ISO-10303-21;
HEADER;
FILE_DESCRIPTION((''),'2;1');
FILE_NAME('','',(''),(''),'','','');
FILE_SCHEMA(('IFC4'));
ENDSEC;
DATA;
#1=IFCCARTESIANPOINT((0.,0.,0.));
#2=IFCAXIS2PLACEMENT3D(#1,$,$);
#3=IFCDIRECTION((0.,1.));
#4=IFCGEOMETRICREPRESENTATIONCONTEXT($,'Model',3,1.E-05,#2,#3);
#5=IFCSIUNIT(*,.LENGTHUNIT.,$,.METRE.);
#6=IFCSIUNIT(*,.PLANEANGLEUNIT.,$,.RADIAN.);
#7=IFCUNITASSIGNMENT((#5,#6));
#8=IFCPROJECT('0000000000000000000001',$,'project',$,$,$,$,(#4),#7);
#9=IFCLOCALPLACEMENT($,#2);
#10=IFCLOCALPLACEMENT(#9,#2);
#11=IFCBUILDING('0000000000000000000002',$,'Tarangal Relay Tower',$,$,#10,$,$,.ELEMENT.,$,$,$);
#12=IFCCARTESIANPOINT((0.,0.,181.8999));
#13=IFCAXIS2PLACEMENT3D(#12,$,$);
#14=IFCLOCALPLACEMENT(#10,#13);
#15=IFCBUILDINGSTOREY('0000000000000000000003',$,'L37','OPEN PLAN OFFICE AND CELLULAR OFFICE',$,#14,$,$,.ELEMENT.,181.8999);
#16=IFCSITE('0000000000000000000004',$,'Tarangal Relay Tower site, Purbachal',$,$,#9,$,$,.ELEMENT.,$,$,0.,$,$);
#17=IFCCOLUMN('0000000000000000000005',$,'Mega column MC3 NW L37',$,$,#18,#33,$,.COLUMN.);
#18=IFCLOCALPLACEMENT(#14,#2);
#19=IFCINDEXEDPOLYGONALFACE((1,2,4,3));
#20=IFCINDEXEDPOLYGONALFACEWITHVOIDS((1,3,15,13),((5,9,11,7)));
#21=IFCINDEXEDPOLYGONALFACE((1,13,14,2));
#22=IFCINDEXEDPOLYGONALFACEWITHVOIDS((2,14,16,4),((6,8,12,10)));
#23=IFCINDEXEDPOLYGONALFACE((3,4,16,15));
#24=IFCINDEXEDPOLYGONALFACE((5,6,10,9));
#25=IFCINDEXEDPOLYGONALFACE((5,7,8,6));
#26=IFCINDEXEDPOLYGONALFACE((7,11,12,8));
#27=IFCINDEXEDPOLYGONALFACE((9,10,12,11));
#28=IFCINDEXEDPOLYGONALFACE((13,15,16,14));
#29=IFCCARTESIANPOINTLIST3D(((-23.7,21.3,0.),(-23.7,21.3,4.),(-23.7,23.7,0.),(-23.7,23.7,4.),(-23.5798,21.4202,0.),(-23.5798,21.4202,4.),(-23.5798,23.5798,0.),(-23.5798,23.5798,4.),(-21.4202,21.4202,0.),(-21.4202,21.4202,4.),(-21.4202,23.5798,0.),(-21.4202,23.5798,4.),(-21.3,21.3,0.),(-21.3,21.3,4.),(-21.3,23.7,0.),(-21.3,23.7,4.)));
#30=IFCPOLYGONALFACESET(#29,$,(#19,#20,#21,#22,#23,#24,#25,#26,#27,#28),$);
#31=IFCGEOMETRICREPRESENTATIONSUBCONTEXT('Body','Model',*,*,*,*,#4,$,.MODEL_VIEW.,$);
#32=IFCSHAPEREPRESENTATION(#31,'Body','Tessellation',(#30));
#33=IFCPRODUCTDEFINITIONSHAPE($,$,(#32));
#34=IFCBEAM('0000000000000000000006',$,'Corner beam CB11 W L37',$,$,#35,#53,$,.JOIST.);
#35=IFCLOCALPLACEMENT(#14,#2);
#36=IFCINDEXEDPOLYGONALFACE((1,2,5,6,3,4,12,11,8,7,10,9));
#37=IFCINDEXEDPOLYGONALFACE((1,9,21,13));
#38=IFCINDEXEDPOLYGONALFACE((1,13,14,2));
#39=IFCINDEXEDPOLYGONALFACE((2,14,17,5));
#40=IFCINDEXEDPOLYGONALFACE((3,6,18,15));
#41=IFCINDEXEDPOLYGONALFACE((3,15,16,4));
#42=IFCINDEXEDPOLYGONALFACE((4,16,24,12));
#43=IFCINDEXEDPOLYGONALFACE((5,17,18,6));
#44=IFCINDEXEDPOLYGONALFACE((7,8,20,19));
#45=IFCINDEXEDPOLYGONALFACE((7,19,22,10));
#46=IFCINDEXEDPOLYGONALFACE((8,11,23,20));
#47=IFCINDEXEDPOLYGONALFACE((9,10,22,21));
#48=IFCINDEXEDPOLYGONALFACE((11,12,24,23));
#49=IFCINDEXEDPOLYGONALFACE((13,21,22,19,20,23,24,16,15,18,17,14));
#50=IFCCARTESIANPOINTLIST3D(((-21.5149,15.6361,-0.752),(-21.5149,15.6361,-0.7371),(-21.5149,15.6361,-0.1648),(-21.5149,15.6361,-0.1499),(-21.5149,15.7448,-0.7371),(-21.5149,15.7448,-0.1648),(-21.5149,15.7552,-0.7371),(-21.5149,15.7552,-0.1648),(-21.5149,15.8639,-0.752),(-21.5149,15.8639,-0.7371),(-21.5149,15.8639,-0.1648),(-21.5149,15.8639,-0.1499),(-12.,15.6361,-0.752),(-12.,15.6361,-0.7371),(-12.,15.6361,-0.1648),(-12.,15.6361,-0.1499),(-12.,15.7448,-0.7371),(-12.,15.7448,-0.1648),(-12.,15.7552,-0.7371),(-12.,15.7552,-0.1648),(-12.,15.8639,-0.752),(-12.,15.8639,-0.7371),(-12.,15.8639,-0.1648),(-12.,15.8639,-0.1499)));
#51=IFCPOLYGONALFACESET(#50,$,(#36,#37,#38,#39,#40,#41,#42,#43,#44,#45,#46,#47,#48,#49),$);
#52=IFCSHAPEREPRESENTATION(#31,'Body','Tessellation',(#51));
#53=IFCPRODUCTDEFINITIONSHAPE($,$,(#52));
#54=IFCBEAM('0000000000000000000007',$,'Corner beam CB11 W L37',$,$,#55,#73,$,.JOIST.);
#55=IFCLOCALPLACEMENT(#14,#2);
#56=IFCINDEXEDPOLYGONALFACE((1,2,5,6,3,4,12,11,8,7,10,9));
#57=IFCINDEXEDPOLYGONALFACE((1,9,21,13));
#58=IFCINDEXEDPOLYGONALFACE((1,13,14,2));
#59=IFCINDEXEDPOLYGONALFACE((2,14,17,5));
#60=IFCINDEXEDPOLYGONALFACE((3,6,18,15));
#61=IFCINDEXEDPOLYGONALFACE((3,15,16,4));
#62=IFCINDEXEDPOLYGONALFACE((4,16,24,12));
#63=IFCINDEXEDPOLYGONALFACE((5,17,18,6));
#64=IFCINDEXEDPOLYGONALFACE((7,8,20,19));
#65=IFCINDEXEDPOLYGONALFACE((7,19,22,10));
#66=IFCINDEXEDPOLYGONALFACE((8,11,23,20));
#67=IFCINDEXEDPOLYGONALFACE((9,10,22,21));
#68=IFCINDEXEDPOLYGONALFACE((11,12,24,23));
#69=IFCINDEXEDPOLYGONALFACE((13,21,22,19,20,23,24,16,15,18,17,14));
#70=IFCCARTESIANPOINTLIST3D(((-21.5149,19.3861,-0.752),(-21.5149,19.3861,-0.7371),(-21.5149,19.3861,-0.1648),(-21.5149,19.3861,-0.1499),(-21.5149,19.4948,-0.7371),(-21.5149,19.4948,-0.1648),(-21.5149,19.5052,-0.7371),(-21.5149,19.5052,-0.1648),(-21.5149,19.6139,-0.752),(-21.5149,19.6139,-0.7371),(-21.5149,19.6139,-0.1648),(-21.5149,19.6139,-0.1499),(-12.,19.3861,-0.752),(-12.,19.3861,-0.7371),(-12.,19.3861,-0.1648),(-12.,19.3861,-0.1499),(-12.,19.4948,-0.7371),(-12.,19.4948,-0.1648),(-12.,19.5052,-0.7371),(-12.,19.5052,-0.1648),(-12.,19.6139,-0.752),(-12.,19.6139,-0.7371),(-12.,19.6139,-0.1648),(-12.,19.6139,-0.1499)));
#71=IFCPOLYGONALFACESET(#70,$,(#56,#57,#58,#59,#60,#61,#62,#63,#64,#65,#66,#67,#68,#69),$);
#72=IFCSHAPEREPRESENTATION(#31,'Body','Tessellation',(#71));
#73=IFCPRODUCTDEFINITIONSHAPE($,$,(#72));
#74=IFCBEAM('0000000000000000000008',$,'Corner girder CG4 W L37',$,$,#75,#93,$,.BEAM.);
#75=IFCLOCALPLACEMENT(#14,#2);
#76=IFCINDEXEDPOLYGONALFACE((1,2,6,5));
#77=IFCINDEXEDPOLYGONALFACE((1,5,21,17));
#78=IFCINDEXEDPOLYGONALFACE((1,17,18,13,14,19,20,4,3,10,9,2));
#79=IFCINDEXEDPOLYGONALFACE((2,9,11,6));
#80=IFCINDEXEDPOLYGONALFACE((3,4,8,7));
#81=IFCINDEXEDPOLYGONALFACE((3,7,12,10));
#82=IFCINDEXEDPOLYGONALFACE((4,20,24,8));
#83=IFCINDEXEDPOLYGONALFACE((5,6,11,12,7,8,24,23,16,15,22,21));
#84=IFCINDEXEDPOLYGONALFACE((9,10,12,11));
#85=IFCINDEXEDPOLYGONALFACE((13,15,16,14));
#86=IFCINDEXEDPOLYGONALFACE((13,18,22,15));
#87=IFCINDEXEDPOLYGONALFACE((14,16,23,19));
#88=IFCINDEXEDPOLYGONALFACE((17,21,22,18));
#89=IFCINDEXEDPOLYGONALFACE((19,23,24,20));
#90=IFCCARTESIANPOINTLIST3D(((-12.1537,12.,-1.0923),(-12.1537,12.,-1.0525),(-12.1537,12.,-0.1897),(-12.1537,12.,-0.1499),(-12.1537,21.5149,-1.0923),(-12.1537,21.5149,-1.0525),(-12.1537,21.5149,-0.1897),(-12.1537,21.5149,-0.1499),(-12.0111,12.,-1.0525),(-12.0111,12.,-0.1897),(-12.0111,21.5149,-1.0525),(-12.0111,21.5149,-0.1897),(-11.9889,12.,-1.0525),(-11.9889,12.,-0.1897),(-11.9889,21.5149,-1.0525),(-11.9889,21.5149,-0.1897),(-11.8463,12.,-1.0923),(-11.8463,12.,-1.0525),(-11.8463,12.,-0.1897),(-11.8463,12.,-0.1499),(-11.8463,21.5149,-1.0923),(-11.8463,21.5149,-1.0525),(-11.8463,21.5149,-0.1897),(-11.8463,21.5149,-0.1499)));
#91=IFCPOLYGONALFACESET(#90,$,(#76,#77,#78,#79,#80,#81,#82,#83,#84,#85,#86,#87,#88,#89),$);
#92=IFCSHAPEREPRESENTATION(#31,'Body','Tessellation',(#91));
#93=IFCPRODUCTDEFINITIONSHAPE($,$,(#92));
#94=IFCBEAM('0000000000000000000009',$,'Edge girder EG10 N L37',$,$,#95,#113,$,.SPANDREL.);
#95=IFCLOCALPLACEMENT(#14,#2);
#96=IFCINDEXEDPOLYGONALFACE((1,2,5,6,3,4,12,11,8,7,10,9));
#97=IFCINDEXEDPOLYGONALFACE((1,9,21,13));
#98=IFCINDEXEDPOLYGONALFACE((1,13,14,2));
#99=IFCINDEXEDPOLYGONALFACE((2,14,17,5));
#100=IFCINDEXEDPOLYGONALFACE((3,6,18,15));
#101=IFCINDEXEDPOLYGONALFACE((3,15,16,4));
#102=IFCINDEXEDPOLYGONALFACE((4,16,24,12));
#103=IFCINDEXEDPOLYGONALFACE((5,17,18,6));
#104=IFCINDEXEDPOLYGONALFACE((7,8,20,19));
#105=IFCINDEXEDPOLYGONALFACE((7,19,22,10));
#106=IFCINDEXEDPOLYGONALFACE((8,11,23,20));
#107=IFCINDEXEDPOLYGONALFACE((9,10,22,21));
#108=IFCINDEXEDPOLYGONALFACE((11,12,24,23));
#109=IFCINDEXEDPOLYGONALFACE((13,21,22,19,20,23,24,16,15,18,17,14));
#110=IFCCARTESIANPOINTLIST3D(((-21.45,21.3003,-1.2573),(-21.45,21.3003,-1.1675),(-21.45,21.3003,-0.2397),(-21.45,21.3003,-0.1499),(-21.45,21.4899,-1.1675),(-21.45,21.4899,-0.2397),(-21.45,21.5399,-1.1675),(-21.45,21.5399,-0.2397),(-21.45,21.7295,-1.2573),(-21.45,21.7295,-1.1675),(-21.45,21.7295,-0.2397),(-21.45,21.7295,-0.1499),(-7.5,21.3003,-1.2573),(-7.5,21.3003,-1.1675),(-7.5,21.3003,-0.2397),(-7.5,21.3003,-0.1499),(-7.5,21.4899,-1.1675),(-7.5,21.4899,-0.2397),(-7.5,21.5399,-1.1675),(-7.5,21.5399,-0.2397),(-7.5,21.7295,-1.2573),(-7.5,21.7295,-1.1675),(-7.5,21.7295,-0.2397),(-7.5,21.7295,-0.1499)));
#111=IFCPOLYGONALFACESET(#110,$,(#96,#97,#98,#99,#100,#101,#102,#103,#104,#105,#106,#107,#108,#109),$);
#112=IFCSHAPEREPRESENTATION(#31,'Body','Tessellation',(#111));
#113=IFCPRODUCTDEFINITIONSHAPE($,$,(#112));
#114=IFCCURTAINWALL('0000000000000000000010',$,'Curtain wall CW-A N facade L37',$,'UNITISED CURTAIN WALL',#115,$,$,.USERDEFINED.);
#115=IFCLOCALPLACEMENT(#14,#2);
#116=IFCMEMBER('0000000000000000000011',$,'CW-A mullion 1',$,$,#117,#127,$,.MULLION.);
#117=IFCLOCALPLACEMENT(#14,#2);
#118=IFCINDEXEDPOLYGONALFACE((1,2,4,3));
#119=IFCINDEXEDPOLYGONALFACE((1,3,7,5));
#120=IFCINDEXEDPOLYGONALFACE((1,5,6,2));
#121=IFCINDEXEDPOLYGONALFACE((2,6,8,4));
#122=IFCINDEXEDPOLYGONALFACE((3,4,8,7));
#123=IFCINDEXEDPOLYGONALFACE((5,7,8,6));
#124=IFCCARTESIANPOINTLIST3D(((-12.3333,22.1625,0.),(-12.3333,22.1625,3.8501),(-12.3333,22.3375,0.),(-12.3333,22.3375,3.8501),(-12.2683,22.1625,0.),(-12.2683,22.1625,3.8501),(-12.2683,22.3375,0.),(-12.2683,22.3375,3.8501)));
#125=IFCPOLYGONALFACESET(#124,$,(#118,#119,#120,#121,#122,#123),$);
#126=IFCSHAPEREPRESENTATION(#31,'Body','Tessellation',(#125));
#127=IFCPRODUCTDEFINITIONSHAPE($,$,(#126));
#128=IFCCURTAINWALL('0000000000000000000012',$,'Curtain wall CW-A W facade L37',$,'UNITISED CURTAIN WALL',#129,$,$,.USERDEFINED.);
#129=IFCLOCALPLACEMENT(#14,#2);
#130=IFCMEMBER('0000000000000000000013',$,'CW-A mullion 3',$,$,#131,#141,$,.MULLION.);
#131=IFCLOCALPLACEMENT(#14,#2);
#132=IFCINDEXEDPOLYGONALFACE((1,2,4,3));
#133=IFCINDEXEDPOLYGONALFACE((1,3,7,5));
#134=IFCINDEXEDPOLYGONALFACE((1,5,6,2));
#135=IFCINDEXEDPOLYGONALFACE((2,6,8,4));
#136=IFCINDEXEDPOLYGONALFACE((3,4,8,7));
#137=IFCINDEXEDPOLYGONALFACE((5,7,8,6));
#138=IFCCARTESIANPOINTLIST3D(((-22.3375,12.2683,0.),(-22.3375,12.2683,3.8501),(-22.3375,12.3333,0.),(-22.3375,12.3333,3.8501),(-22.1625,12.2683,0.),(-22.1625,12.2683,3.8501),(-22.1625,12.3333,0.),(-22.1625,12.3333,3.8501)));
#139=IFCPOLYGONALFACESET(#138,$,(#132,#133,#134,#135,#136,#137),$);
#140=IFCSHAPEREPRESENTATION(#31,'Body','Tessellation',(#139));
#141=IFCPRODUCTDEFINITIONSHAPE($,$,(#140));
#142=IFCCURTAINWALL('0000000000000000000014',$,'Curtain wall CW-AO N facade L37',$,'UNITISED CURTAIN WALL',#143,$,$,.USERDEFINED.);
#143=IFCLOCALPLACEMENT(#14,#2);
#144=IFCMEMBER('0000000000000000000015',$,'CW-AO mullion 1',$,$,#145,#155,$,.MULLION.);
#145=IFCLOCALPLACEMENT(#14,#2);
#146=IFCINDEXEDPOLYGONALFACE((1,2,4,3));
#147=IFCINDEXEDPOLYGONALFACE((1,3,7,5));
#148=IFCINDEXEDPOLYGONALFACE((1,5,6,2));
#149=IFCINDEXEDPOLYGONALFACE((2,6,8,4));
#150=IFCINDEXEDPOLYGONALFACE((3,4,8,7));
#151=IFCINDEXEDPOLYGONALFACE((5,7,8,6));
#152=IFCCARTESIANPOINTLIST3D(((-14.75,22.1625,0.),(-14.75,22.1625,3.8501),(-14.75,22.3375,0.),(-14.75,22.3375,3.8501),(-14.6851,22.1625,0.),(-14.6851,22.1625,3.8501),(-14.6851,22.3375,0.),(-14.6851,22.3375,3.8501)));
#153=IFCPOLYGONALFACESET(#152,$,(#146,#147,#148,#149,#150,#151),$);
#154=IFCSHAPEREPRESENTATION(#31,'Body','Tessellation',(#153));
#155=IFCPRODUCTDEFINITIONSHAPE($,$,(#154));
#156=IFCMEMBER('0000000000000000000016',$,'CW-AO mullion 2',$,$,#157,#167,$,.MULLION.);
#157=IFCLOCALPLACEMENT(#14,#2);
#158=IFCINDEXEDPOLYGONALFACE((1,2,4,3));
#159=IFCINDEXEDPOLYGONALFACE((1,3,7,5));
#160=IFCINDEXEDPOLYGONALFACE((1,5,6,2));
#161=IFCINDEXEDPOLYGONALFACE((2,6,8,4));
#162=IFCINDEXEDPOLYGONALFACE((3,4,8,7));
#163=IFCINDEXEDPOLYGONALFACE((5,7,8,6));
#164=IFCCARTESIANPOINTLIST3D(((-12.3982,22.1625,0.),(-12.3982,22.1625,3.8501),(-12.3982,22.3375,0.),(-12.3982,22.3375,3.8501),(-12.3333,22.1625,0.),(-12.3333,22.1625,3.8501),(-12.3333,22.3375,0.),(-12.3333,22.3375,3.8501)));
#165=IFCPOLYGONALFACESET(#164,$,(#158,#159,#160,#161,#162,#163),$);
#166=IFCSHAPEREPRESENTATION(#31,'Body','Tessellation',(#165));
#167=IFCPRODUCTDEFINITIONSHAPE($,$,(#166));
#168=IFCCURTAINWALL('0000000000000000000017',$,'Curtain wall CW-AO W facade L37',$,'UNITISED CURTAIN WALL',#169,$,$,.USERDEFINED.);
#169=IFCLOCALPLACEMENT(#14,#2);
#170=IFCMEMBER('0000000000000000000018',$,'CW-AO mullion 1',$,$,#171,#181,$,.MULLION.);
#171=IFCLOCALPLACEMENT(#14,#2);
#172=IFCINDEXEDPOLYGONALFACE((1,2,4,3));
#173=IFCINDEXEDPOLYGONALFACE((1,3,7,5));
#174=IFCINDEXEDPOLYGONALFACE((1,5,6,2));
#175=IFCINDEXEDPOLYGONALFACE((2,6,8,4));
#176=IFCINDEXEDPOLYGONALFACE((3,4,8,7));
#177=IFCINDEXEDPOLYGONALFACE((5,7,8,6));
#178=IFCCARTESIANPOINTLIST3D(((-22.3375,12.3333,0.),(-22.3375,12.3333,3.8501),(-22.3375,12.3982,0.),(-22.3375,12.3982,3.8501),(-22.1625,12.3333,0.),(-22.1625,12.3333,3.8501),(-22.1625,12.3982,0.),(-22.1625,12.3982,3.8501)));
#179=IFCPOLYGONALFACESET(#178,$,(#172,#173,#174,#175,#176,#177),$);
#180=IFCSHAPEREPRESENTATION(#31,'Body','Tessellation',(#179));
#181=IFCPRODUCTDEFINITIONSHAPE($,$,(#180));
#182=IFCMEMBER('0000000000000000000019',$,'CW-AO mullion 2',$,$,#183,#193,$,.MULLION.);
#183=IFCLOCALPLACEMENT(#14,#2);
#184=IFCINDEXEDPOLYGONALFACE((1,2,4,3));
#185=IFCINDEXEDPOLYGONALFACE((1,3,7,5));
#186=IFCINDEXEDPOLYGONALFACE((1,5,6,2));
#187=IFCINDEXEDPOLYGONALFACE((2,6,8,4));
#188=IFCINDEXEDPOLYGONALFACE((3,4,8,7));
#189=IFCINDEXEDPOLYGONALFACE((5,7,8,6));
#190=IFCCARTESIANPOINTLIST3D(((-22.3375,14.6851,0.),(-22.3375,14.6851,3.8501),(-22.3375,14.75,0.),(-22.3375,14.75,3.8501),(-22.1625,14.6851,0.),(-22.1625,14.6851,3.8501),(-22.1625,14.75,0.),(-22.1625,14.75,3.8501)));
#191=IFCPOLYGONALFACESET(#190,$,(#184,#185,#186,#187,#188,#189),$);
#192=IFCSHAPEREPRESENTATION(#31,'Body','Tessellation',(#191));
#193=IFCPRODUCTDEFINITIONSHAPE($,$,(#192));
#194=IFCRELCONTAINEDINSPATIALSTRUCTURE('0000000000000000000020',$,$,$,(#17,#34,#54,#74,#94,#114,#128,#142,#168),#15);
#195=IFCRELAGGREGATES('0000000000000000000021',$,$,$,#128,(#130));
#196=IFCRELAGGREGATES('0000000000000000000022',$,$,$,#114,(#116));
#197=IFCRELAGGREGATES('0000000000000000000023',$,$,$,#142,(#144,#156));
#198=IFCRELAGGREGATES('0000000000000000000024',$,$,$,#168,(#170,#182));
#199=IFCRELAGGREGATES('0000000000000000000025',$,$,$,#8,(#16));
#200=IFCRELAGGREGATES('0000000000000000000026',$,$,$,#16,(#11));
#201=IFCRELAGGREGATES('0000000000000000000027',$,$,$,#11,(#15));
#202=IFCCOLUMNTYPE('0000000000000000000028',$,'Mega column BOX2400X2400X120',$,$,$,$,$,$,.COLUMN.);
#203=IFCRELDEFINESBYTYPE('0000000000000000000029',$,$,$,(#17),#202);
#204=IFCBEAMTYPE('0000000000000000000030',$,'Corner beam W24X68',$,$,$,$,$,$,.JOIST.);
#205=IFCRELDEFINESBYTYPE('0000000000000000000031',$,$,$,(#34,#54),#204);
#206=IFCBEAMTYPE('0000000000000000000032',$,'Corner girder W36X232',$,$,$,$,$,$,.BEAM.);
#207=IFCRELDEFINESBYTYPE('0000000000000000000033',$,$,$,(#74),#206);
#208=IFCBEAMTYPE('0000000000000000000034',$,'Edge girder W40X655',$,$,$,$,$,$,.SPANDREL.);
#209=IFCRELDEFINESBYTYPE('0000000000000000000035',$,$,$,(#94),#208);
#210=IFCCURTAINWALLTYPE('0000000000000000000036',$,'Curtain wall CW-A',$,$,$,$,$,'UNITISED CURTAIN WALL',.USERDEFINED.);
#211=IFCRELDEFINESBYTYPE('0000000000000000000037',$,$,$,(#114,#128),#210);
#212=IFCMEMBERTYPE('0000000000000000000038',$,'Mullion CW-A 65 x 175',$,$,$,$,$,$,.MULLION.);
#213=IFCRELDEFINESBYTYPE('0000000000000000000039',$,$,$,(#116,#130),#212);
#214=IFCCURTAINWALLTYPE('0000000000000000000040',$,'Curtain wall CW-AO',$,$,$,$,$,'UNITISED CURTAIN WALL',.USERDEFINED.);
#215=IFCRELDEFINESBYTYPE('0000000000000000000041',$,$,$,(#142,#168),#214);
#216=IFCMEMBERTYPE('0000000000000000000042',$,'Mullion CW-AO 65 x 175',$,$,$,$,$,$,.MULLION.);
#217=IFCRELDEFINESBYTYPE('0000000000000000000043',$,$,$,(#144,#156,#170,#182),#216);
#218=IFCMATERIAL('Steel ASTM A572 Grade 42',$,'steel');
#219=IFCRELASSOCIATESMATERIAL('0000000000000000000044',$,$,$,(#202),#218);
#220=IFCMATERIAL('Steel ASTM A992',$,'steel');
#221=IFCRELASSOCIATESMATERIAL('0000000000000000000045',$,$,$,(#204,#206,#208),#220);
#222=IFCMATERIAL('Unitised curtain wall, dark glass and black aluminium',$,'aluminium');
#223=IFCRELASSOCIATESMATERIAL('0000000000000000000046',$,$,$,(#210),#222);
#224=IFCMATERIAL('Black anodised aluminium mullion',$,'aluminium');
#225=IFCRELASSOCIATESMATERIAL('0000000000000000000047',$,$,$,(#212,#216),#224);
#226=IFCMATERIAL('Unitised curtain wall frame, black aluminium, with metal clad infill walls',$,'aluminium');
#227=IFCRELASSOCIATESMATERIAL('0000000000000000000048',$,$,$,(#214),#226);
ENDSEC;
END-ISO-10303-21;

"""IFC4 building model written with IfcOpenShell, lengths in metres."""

from ifc_helpers import new_model, si_unit, direction, frame, origin, origin_2d, place, context, subcontext, project, spatial, rectangle, hollow_rectangle, i_section, extrude, material, material_profile, profile_set, type_object, element, aggregate, save


model = new_model("IFC4")

# Units and contexts
model_context = context("Model", 3, precision=1e-05, world=origin(), true_north=direction((0.0, 1.0)))
body_context = subcontext(model_context, "Body", "Model", "MODEL_VIEW")
ifc_project = project(units=[si_unit("LENGTHUNIT", "METRE"), si_unit("PLANEANGLEUNIT", "RADIAN")], contexts=[model_context])

# Site, building, storey
site_placement = place(None, origin())
site = spatial("IfcSite", under=ifc_project, at=site_placement, Name="Tarangal Relay Tower site, Purbachal", CompositionType="ELEMENT", RefElevation=0.0)
building_placement = place(site_placement, origin())
building = spatial("IfcBuilding", under=site, at=building_placement, Name="Tarangal Relay Tower", CompositionType="ELEMENT")
storey_placement = place(building_placement, frame((0.0, 0.0, 181.8999)))
storey = spatial("IfcBuildingStorey", under=building, at=storey_placement, Name="L37", Description="OPEN PLAN OFFICE AND CELLULAR OFFICE", CompositionType="ELEMENT", Elevation=181.8999)

# Column
ifc_material_1 = material(Name="Steel ASTM A572 Grade 42", Category="steel")
ifc_material_profile_1 = material_profile(ifc_material_1, hollow_rectangle(XDim=2.3999, YDim=2.3999, WallThickness=0.1201, at=origin_2d()), Name="BOX2400X2400X120")
ifc_profile_set_1 = profile_set([ifc_material_profile_1], Name="Steel ASTM A572 Grade 42")
column_type = type_object("IfcColumnType", Name="Mega column BOX2400X2400X120", PredefinedType="COLUMN", material=ifc_profile_set_1)
column_placement = place(storey_placement, frame((-22.5, 22.5, 0.0), z_axis=(0.0, 0.0, 1.0), x_axis=(1.0, 0.0, 0.0)))
element("IfcColumn", 1, at=column_placement, inside=storey, type_object=column_type, Name="Mega column MC3 NW L37", PredefinedType="COLUMN", context=body_context, shape_type="SweptSolid", body=[
    extrude(hollow_rectangle(XDim=2.3999, YDim=2.3999, WallThickness=0.1201, at=origin_2d()), origin(), (0.0, 0.0, 1.0), 4.0),
])

# Beams
ifc_material_2 = material(Name="Steel ASTM A992", Category="steel")
ifc_material_profile_2 = material_profile(ifc_material_2, i_section(OverallWidth=0.2278, OverallDepth=0.6021, WebThickness=0.0105, FlangeThickness=0.0149, at=origin_2d()), Name="W24X68")
ifc_profile_set_2 = profile_set([ifc_material_profile_2], Name="Steel ASTM A992")
beam_type_1 = type_object("IfcBeamType", Name="Corner beam W24X68", PredefinedType="JOIST", material=ifc_profile_set_2)
for number, where, z_axis, x_axis, name in (
    (2, (-12.0, 15.75, -0.4509), (-1.0, 0.0, 0.0), (0.0, -1.0, 0.0), "Corner beam CB11 W L37"),
    (3, (-12.0, 19.5, -0.4509), (-1.0, 0.0, 0.0), (0.0, -1.0, 0.0), "Corner beam CB11 W L37"),
):
    element("IfcBeam", number, at=place(storey_placement, frame(where, z_axis=z_axis, x_axis=x_axis)), inside=storey, type_object=beam_type_1, Name=name, PredefinedType="JOIST", context=body_context, shape_type="SweptSolid", body=[
        extrude(i_section(OverallWidth=0.2278, OverallDepth=0.6021, WebThickness=0.0105, FlangeThickness=0.0149, at=origin_2d()), origin(), (0.0, 0.0, 1.0), 9.5149),
    ])
ifc_material_profile_3 = material_profile(ifc_material_2, i_section(OverallWidth=0.3074, OverallDepth=0.9424, WebThickness=0.0222, FlangeThickness=0.0398, at=origin_2d()), Name="W36X232")
ifc_profile_set_3 = profile_set([ifc_material_profile_3], Name="Steel ASTM A992")
beam_type_2 = type_object("IfcBeamType", Name="Corner girder W36X232", PredefinedType="BEAM", material=ifc_profile_set_3)
beam_1_placement = place(storey_placement, frame((-12.0, 12.0, -0.6211), z_axis=(0.0, 1.0, 0.0), x_axis=(-1.0, 0.0, 0.0)))
element("IfcBeam", 4, at=beam_1_placement, inside=storey, type_object=beam_type_2, Name="Corner girder CG4 W L37", PredefinedType="BEAM", context=body_context, shape_type="SweptSolid", body=[
    extrude(i_section(OverallWidth=0.3074, OverallDepth=0.9424, WebThickness=0.0222, FlangeThickness=0.0398, at=origin_2d()), origin(), (0.0, 0.0, 1.0), 9.5149),
])
ifc_material_profile_4 = material_profile(ifc_material_2, i_section(OverallWidth=0.4292, OverallDepth=1.1074, WebThickness=0.05, FlangeThickness=0.0898, at=origin_2d()), Name="W40X655")
ifc_profile_set_4 = profile_set([ifc_material_profile_4], Name="Steel ASTM A992")
beam_type_3 = type_object("IfcBeamType", Name="Edge girder W40X655", PredefinedType="SPANDREL", material=ifc_profile_set_4)
beam_2_placement = place(storey_placement, frame((-21.45, 21.5149, -0.7036), z_axis=(1.0, 0.0, 0.0), x_axis=(0.0, 1.0, 0.0)))
element("IfcBeam", 5, at=beam_2_placement, inside=storey, type_object=beam_type_3, Name="Edge girder EG10 N L37", PredefinedType="SPANDREL", context=body_context, shape_type="SweptSolid", body=[
    extrude(i_section(OverallWidth=0.4292, OverallDepth=1.1074, WebThickness=0.05, FlangeThickness=0.0898, at=origin_2d()), origin(), (0.0, 0.0, 1.0), 13.95),
])

# Curtain walls, members
ifc_material_3 = material(Name="Unitised curtain wall, dark glass and black aluminium", Category="aluminium")
curtain_wall_type_1 = type_object("IfcCurtainWallType", Name="Curtain wall CW-A", ElementType="UNITISED CURTAIN WALL", PredefinedType="USERDEFINED", material=ifc_material_3)
curtain_wall_1_placement = place(storey_placement, origin())
curtain_wall_1 = element("IfcCurtainWall", 6, at=curtain_wall_1_placement, inside=storey, type_object=curtain_wall_type_1, Name="Curtain wall CW-A N facade L37", ObjectType="UNITISED CURTAIN WALL", PredefinedType="USERDEFINED")
ifc_material_4 = material(Name="Black anodised aluminium mullion", Category="aluminium")
ifc_material_profile_5 = material_profile(ifc_material_4, rectangle(XDim=0.175, YDim=0.0649, at=origin_2d()), Name="CW-AM 65X175")
ifc_profile_set_5 = profile_set([ifc_material_profile_5], Name="Black anodised aluminium mullion")
member_type_1 = type_object("IfcMemberType", Name="Mullion CW-A 65 x 175", PredefinedType="MULLION", material=ifc_profile_set_5)
member_1_placement = place(storey_placement, frame((-12.3008, 22.25, 0.0), z_axis=(0.0, 0.0, 1.0), x_axis=(0.0, 1.0, 0.0)))
member_1 = element("IfcMember", 7, at=member_1_placement, type_object=member_type_1, Name="CW-A mullion 1", PredefinedType="MULLION", context=body_context, shape_type="SweptSolid", body=[
    extrude(rectangle(XDim=0.175, YDim=0.0649, at=origin_2d()), origin(), (0.0, 0.0, 1.0), 3.8501),
])
curtain_wall_2_placement = place(storey_placement, origin())
curtain_wall_2 = element("IfcCurtainWall", 8, at=curtain_wall_2_placement, inside=storey, type_object=curtain_wall_type_1, Name="Curtain wall CW-A W facade L37", ObjectType="UNITISED CURTAIN WALL", PredefinedType="USERDEFINED")
member_2_placement = place(storey_placement, frame((-22.25, 12.3008, 0.0), z_axis=(0.0, 0.0, 1.0), x_axis=(-1.0, 0.0, 0.0)))
member_2 = element("IfcMember", 9, at=member_2_placement, type_object=member_type_1, Name="CW-A mullion 3", PredefinedType="MULLION", context=body_context, shape_type="SweptSolid", body=[
    extrude(rectangle(XDim=0.175, YDim=0.0649, at=origin_2d()), origin(), (0.0, 0.0, 1.0), 3.8501),
])
aggregate(curtain_wall_2, [member_2])

# Curtain walls, members
ifc_material_5 = material(Name="Unitised curtain wall frame, black aluminium, with metal clad infill walls", Category="aluminium")
curtain_wall_type_2 = type_object("IfcCurtainWallType", Name="Curtain wall CW-AO", ElementType="UNITISED CURTAIN WALL", PredefinedType="USERDEFINED", material=ifc_material_5)
curtain_wall_3_placement = place(storey_placement, origin())
curtain_wall_3 = element("IfcCurtainWall", 10, at=curtain_wall_3_placement, inside=storey, type_object=curtain_wall_type_2, Name="Curtain wall CW-AO N facade L37", ObjectType="UNITISED CURTAIN WALL", PredefinedType="USERDEFINED")
ifc_material_profile_6 = material_profile(ifc_material_4, rectangle(XDim=0.175, YDim=0.0649, at=origin_2d()), Name="CW-AOM 65X175")
ifc_profile_set_6 = profile_set([ifc_material_profile_6], Name="Black anodised aluminium mullion")
member_type_2 = type_object("IfcMemberType", Name="Mullion CW-AO 65 x 175", PredefinedType="MULLION", material=ifc_profile_set_6)
member_3_placement = place(storey_placement, frame((-14.7175, 22.25, 0.0), z_axis=(0.0, 0.0, 1.0), x_axis=(0.0, 1.0, 0.0)))
member_3 = element("IfcMember", 11, at=member_3_placement, type_object=member_type_2, Name="CW-AO mullion 1", PredefinedType="MULLION", context=body_context, shape_type="SweptSolid", body=[
    extrude(rectangle(XDim=0.175, YDim=0.0649, at=origin_2d()), origin(), (0.0, 0.0, 1.0), 3.8501),
])
member_4_placement = place(storey_placement, frame((-12.3657, 22.25, 0.0), z_axis=(0.0, 0.0, 1.0), x_axis=(0.0, 1.0, 0.0)))
member_4 = element("IfcMember", 12, at=member_4_placement, type_object=member_type_2, Name="CW-AO mullion 2", PredefinedType="MULLION", context=body_context, shape_type="SweptSolid", body=[
    extrude(rectangle(XDim=0.175, YDim=0.0649, at=origin_2d()), origin(), (0.0, 0.0, 1.0), 3.8501),
])
curtain_wall_4_placement = place(storey_placement, origin())
curtain_wall_4 = element("IfcCurtainWall", 13, at=curtain_wall_4_placement, inside=storey, type_object=curtain_wall_type_2, Name="Curtain wall CW-AO W facade L37", ObjectType="UNITISED CURTAIN WALL", PredefinedType="USERDEFINED")
member_5_placement = place(storey_placement, frame((-22.25, 12.3657, 0.0), z_axis=(0.0, 0.0, 1.0), x_axis=(-1.0, 0.0, 0.0)))
member_5 = element("IfcMember", 14, at=member_5_placement, type_object=member_type_2, Name="CW-AO mullion 1", PredefinedType="MULLION", context=body_context, shape_type="SweptSolid", body=[
    extrude(rectangle(XDim=0.175, YDim=0.0649, at=origin_2d()), origin(), (0.0, 0.0, 1.0), 3.8501),
])
member_6_placement = place(storey_placement, frame((-22.25, 14.7175, 0.0), z_axis=(0.0, 0.0, 1.0), x_axis=(-1.0, 0.0, 0.0)))
member_6 = element("IfcMember", 15, at=member_6_placement, type_object=member_type_2, Name="CW-AO mullion 2", PredefinedType="MULLION", context=body_context, shape_type="SweptSolid", body=[
    extrude(rectangle(XDim=0.175, YDim=0.0649, at=origin_2d()), origin(), (0.0, 0.0, 1.0), 3.8501),
])

aggregate(curtain_wall_1, [member_1])
aggregate(curtain_wall_3, [member_3, member_4])
aggregate(curtain_wall_4, [member_5, member_6])

save(model, "model.ifc")
